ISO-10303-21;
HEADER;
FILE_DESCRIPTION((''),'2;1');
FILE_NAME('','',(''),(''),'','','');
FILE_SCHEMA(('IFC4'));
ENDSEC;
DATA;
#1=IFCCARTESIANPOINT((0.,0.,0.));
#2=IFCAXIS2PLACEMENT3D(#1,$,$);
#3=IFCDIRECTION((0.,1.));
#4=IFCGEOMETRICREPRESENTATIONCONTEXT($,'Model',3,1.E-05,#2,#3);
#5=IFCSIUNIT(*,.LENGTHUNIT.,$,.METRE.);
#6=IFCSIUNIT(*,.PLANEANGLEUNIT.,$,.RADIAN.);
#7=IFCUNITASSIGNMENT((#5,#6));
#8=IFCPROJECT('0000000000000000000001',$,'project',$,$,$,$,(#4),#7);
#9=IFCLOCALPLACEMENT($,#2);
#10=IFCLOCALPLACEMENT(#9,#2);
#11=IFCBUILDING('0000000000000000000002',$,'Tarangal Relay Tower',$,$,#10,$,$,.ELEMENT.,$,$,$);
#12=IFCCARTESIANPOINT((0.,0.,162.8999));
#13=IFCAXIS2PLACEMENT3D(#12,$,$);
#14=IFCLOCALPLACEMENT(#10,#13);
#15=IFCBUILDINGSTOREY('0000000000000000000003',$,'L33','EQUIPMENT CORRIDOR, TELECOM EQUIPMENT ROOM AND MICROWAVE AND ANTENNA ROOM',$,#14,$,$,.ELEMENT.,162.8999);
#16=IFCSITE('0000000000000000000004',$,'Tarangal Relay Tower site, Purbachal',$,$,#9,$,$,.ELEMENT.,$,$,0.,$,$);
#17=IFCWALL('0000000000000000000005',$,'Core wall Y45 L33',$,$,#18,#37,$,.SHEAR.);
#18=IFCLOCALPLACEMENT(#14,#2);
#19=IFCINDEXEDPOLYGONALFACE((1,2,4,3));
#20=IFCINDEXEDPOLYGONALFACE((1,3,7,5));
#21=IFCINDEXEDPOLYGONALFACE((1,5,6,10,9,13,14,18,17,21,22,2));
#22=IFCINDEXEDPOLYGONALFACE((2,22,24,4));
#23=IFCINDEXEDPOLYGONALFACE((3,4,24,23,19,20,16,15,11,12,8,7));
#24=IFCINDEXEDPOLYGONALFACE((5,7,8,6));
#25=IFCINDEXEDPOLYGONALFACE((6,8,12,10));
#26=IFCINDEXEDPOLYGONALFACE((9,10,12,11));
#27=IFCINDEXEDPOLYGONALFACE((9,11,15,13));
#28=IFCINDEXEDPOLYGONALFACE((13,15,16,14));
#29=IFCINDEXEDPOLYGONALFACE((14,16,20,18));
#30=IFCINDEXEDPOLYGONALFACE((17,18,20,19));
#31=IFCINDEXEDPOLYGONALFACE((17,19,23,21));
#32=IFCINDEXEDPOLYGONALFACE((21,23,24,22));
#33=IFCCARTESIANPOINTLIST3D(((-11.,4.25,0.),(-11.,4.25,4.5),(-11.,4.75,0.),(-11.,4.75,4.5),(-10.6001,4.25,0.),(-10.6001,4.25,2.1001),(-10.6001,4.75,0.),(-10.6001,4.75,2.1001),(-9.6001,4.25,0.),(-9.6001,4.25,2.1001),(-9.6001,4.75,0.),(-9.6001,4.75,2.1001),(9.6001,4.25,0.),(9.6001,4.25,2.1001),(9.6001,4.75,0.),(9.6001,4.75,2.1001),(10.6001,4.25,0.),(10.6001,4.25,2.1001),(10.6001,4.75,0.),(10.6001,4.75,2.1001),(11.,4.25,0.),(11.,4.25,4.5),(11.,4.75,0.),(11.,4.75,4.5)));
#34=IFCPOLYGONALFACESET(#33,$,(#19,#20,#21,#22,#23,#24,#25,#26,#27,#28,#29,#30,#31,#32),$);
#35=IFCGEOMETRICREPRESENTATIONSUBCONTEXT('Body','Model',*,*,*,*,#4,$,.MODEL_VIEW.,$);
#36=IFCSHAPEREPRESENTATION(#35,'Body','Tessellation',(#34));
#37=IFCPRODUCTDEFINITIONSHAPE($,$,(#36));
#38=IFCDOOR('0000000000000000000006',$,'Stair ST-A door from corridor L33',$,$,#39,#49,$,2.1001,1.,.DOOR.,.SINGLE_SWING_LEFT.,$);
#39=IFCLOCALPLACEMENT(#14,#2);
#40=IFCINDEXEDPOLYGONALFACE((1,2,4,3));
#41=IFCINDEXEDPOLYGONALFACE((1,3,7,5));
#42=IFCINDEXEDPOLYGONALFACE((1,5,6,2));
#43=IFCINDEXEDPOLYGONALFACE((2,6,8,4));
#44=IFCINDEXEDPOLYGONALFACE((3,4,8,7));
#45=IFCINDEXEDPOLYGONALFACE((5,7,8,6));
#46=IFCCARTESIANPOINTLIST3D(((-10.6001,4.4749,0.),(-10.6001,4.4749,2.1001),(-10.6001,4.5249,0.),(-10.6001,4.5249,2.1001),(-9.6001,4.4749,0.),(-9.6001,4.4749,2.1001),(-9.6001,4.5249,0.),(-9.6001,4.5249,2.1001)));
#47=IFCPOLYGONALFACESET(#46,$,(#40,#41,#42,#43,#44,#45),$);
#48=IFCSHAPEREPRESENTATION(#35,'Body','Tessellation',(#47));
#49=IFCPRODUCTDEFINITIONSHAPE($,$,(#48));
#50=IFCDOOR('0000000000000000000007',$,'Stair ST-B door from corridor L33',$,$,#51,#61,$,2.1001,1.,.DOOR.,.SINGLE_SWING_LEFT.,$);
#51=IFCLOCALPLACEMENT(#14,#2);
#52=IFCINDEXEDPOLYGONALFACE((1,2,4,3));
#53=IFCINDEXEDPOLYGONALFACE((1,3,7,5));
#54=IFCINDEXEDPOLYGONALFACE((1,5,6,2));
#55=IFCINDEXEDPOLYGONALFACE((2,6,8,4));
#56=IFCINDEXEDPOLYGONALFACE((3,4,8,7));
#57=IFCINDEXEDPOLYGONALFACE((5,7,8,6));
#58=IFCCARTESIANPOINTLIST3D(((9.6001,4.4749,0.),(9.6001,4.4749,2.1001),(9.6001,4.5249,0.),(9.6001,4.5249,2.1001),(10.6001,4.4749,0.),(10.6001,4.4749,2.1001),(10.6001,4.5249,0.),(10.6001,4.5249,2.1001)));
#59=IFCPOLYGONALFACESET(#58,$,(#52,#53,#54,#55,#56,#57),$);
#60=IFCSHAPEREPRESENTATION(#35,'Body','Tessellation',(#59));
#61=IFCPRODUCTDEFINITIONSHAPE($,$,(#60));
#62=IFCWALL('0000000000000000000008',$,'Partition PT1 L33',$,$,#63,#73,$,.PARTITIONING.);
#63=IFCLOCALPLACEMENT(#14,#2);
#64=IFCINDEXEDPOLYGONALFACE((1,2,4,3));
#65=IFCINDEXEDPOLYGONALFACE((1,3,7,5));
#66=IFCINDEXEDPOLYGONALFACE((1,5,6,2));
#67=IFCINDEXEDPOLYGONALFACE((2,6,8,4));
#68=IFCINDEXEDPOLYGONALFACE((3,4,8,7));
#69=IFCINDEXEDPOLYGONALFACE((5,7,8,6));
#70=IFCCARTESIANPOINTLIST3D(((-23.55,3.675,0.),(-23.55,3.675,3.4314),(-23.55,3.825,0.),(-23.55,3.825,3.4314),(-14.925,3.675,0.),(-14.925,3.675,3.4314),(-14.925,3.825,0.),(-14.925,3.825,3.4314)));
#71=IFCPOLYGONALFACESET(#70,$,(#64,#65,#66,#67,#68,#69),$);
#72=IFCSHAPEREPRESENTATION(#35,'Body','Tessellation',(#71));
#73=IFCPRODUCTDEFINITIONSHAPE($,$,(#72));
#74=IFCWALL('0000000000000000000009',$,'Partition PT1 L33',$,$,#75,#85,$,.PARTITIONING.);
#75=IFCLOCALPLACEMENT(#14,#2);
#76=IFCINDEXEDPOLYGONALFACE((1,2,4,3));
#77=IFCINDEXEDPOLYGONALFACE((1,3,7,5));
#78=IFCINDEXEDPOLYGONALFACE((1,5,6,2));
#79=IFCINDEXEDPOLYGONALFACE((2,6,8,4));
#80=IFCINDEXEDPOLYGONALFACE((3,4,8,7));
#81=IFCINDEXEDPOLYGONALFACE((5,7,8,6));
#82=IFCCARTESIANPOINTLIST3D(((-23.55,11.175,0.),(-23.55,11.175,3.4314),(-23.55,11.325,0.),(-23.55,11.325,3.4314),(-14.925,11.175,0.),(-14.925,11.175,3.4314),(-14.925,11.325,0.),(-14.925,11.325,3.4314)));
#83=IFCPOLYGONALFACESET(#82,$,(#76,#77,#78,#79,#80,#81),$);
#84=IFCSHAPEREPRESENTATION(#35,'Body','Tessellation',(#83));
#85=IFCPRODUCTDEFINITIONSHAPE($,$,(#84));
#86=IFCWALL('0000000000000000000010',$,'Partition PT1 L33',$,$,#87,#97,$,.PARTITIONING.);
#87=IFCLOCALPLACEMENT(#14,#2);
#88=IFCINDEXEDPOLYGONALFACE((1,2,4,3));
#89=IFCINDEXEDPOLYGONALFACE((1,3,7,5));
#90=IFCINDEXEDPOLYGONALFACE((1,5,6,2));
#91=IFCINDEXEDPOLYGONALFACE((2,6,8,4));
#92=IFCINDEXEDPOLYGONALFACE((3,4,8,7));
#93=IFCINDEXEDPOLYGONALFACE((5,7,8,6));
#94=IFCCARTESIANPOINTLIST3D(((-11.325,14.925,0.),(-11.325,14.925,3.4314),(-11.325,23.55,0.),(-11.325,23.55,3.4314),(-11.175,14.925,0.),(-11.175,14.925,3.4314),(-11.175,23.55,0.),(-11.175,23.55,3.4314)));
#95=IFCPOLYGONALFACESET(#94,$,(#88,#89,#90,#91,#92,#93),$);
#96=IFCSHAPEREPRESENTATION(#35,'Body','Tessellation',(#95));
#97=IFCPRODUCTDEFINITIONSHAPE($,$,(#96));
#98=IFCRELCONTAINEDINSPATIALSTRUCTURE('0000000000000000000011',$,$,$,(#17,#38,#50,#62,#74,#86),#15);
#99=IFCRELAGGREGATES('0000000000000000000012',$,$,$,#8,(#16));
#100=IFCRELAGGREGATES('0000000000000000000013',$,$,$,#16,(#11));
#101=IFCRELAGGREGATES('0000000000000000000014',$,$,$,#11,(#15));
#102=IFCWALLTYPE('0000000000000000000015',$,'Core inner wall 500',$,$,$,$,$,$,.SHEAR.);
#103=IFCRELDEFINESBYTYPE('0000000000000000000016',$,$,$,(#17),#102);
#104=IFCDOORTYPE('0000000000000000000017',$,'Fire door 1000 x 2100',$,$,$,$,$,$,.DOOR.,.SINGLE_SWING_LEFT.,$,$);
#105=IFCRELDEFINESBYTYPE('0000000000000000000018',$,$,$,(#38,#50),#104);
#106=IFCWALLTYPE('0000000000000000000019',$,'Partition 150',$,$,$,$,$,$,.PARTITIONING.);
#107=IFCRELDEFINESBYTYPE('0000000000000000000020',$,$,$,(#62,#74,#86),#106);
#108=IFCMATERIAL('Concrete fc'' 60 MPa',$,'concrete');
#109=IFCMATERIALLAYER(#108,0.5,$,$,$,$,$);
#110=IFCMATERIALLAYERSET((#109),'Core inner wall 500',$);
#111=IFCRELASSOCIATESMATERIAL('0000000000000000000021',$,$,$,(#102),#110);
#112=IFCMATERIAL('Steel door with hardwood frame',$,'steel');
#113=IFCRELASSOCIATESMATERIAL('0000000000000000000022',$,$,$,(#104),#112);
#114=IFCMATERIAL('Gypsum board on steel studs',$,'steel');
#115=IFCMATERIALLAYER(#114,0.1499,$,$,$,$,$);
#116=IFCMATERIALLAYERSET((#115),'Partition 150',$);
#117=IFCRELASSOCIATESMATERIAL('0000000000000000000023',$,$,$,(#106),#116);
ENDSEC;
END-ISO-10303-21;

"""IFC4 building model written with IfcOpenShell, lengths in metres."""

from ifc_helpers import new_model, si_unit, direction, frame, frame_2d, origin, place, context, subcontext, project, spatial, rectangle, extrude, material, layer, layer_set, type_object, element, fill, save


model = new_model("IFC4")

# Units and contexts
model_context = context("Model", 3, precision=1e-05, world=origin(), true_north=direction((0.0, 1.0)))
body_context = subcontext(model_context, "Body", "Model", "MODEL_VIEW")
ifc_project = project(units=[si_unit("LENGTHUNIT", "METRE"), si_unit("PLANEANGLEUNIT", "RADIAN")], contexts=[model_context])

# Site, building, storey
site_placement = place(None, origin())
site = spatial("IfcSite", under=ifc_project, at=site_placement, Name="Tarangal Relay Tower site, Purbachal", CompositionType="ELEMENT", RefElevation=0.0)
building_placement = place(site_placement, origin())
building = spatial("IfcBuilding", under=site, at=building_placement, Name="Tarangal Relay Tower", CompositionType="ELEMENT")
storey_placement = place(building_placement, frame((0.0, 0.0, 162.8999)))
storey = spatial("IfcBuildingStorey", under=building, at=storey_placement, Name="L33", Description="EQUIPMENT CORRIDOR, TELECOM EQUIPMENT ROOM AND MICROWAVE AND ANTENNA ROOM", CompositionType="ELEMENT", Elevation=162.8999)

# Wall, openings, doors
ifc_material_1 = material(Name="Concrete fc' 60 MPa", Category="concrete")
ifc_layer_1 = layer(ifc_material_1, 0.5)
ifc_layer_set_1 = layer_set([ifc_layer_1], Name="Core inner wall 500")
wall_type_1 = type_object("IfcWallType", Name="Core inner wall 500", PredefinedType="SHEAR", material=ifc_layer_set_1)
wall_1_placement = place(storey_placement, frame((-11.0, 4.5, 0.0), z_axis=(0.0, 0.0, 1.0), x_axis=(1.0, 0.0, 0.0)))
wall_1 = element("IfcWall", 1, at=wall_1_placement, inside=storey, type_object=wall_type_1, Name="Core wall Y45 L33", PredefinedType="SHEAR", context=body_context, shape_type="SweptSolid", body=[
    extrude(rectangle(XDim=22.0, YDim=0.5, at=frame_2d((11.0, 0.0))), origin(), (0.0, 0.0, 1.0), 4.5),
])
opening_1_placement = place(wall_1_placement, frame((0.3999, 0.0, 0.0)))
opening_1 = element("IfcOpeningElement", 2, at=opening_1_placement, cuts=wall_1, PredefinedType="OPENING", context=body_context, shape_type="SweptSolid", body=[
    extrude(rectangle(XDim=1.0, YDim=2.1001, at=frame_2d((0.5, 1.05))), frame((0.0, 0.26, 0.0), z_axis=(0.0, -1.0, 0.0), x_axis=(1.0, 0.0, 0.0)), (0.0, 0.0, 1.0), 0.52),
])
opening_2_placement = place(wall_1_placement, frame((20.6001, 0.0, 0.0)))
opening_2 = element("IfcOpeningElement", 3, at=opening_2_placement, cuts=wall_1, PredefinedType="OPENING", context=body_context, shape_type="SweptSolid", body=[
    extrude(rectangle(XDim=1.0, YDim=2.1001, at=frame_2d((0.5, 1.05))), frame((0.0, 0.26, 0.0), z_axis=(0.0, -1.0, 0.0), x_axis=(1.0, 0.0, 0.0)), (0.0, 0.0, 1.0), 0.52),
])
ifc_material_2 = material(Name="Steel door with hardwood frame", Category="steel")
door_type_1 = type_object("IfcDoorType", Name="Fire door 1000 x 2100", OperationType="SINGLE_SWING_LEFT", PredefinedType="DOOR", material=ifc_material_2)
door_1_placement = place(opening_1_placement, origin())
door_1 = element("IfcDoor", 4, at=door_1_placement, inside=storey, type_object=door_type_1, Name="Stair ST-A door from corridor L33", OperationType="SINGLE_SWING_LEFT", OverallHeight=2.1001, OverallWidth=1.0, PredefinedType="DOOR", context=body_context, shape_type="SweptSolid", body=[
    extrude(rectangle(XDim=1.0, YDim=2.1001, at=frame_2d((0.5, 1.05))), frame((0.0, 0.0249, 0.0), z_axis=(0.0, -1.0, 0.0), x_axis=(1.0, 0.0, 0.0)), (0.0, 0.0, 1.0), 0.05),
])
fill(opening_1, door_1)
door_2_placement = place(opening_2_placement, origin())
door_2 = element("IfcDoor", 5, at=door_2_placement, inside=storey, type_object=door_type_1, Name="Stair ST-B door from corridor L33", OperationType="SINGLE_SWING_LEFT", OverallHeight=2.1001, OverallWidth=1.0, PredefinedType="DOOR", context=body_context, shape_type="SweptSolid", body=[
    extrude(rectangle(XDim=1.0, YDim=2.1001, at=frame_2d((0.5, 1.05))), frame((0.0, 0.0249, 0.0), z_axis=(0.0, -1.0, 0.0), x_axis=(1.0, 0.0, 0.0)), (0.0, 0.0, 1.0), 0.05),
])
fill(opening_2, door_2)

# Walls
ifc_material_3 = material(Name="Gypsum board on steel studs", Category="steel")
ifc_layer_2 = layer(ifc_material_3, 0.1499)
ifc_layer_set_2 = layer_set([ifc_layer_2], Name="Partition 150")
wall_type_2 = type_object("IfcWallType", Name="Partition 150", PredefinedType="PARTITIONING", material=ifc_layer_set_2)
for number, where, z_axis, x_axis, name in (
    (6, (-23.55, 3.75, 0.0), (0.0, 0.0, 1.0), (1.0, 0.0, 0.0), "Partition PT1 L33"),
    (7, (-23.55, 11.25, 0.0), (0.0, 0.0, 1.0), (1.0, 0.0, 0.0), "Partition PT1 L33"),
    (8, (-11.25, 14.925, 0.0), (0.0, 0.0, 1.0), (0.0, 1.0, 0.0), "Partition PT1 L33"),
):
    element("IfcWall", number, at=place(storey_placement, frame(where, z_axis=z_axis, x_axis=x_axis)), inside=storey, type_object=wall_type_2, Name=name, PredefinedType="PARTITIONING", context=body_context, shape_type="SweptSolid", body=[
        extrude(rectangle(XDim=8.625, YDim=0.1499, at=frame_2d((4.3125, 0.0))), origin(), (0.0, 0.0, 1.0), 3.4314),
    ])

save(model, "model.ifc")
